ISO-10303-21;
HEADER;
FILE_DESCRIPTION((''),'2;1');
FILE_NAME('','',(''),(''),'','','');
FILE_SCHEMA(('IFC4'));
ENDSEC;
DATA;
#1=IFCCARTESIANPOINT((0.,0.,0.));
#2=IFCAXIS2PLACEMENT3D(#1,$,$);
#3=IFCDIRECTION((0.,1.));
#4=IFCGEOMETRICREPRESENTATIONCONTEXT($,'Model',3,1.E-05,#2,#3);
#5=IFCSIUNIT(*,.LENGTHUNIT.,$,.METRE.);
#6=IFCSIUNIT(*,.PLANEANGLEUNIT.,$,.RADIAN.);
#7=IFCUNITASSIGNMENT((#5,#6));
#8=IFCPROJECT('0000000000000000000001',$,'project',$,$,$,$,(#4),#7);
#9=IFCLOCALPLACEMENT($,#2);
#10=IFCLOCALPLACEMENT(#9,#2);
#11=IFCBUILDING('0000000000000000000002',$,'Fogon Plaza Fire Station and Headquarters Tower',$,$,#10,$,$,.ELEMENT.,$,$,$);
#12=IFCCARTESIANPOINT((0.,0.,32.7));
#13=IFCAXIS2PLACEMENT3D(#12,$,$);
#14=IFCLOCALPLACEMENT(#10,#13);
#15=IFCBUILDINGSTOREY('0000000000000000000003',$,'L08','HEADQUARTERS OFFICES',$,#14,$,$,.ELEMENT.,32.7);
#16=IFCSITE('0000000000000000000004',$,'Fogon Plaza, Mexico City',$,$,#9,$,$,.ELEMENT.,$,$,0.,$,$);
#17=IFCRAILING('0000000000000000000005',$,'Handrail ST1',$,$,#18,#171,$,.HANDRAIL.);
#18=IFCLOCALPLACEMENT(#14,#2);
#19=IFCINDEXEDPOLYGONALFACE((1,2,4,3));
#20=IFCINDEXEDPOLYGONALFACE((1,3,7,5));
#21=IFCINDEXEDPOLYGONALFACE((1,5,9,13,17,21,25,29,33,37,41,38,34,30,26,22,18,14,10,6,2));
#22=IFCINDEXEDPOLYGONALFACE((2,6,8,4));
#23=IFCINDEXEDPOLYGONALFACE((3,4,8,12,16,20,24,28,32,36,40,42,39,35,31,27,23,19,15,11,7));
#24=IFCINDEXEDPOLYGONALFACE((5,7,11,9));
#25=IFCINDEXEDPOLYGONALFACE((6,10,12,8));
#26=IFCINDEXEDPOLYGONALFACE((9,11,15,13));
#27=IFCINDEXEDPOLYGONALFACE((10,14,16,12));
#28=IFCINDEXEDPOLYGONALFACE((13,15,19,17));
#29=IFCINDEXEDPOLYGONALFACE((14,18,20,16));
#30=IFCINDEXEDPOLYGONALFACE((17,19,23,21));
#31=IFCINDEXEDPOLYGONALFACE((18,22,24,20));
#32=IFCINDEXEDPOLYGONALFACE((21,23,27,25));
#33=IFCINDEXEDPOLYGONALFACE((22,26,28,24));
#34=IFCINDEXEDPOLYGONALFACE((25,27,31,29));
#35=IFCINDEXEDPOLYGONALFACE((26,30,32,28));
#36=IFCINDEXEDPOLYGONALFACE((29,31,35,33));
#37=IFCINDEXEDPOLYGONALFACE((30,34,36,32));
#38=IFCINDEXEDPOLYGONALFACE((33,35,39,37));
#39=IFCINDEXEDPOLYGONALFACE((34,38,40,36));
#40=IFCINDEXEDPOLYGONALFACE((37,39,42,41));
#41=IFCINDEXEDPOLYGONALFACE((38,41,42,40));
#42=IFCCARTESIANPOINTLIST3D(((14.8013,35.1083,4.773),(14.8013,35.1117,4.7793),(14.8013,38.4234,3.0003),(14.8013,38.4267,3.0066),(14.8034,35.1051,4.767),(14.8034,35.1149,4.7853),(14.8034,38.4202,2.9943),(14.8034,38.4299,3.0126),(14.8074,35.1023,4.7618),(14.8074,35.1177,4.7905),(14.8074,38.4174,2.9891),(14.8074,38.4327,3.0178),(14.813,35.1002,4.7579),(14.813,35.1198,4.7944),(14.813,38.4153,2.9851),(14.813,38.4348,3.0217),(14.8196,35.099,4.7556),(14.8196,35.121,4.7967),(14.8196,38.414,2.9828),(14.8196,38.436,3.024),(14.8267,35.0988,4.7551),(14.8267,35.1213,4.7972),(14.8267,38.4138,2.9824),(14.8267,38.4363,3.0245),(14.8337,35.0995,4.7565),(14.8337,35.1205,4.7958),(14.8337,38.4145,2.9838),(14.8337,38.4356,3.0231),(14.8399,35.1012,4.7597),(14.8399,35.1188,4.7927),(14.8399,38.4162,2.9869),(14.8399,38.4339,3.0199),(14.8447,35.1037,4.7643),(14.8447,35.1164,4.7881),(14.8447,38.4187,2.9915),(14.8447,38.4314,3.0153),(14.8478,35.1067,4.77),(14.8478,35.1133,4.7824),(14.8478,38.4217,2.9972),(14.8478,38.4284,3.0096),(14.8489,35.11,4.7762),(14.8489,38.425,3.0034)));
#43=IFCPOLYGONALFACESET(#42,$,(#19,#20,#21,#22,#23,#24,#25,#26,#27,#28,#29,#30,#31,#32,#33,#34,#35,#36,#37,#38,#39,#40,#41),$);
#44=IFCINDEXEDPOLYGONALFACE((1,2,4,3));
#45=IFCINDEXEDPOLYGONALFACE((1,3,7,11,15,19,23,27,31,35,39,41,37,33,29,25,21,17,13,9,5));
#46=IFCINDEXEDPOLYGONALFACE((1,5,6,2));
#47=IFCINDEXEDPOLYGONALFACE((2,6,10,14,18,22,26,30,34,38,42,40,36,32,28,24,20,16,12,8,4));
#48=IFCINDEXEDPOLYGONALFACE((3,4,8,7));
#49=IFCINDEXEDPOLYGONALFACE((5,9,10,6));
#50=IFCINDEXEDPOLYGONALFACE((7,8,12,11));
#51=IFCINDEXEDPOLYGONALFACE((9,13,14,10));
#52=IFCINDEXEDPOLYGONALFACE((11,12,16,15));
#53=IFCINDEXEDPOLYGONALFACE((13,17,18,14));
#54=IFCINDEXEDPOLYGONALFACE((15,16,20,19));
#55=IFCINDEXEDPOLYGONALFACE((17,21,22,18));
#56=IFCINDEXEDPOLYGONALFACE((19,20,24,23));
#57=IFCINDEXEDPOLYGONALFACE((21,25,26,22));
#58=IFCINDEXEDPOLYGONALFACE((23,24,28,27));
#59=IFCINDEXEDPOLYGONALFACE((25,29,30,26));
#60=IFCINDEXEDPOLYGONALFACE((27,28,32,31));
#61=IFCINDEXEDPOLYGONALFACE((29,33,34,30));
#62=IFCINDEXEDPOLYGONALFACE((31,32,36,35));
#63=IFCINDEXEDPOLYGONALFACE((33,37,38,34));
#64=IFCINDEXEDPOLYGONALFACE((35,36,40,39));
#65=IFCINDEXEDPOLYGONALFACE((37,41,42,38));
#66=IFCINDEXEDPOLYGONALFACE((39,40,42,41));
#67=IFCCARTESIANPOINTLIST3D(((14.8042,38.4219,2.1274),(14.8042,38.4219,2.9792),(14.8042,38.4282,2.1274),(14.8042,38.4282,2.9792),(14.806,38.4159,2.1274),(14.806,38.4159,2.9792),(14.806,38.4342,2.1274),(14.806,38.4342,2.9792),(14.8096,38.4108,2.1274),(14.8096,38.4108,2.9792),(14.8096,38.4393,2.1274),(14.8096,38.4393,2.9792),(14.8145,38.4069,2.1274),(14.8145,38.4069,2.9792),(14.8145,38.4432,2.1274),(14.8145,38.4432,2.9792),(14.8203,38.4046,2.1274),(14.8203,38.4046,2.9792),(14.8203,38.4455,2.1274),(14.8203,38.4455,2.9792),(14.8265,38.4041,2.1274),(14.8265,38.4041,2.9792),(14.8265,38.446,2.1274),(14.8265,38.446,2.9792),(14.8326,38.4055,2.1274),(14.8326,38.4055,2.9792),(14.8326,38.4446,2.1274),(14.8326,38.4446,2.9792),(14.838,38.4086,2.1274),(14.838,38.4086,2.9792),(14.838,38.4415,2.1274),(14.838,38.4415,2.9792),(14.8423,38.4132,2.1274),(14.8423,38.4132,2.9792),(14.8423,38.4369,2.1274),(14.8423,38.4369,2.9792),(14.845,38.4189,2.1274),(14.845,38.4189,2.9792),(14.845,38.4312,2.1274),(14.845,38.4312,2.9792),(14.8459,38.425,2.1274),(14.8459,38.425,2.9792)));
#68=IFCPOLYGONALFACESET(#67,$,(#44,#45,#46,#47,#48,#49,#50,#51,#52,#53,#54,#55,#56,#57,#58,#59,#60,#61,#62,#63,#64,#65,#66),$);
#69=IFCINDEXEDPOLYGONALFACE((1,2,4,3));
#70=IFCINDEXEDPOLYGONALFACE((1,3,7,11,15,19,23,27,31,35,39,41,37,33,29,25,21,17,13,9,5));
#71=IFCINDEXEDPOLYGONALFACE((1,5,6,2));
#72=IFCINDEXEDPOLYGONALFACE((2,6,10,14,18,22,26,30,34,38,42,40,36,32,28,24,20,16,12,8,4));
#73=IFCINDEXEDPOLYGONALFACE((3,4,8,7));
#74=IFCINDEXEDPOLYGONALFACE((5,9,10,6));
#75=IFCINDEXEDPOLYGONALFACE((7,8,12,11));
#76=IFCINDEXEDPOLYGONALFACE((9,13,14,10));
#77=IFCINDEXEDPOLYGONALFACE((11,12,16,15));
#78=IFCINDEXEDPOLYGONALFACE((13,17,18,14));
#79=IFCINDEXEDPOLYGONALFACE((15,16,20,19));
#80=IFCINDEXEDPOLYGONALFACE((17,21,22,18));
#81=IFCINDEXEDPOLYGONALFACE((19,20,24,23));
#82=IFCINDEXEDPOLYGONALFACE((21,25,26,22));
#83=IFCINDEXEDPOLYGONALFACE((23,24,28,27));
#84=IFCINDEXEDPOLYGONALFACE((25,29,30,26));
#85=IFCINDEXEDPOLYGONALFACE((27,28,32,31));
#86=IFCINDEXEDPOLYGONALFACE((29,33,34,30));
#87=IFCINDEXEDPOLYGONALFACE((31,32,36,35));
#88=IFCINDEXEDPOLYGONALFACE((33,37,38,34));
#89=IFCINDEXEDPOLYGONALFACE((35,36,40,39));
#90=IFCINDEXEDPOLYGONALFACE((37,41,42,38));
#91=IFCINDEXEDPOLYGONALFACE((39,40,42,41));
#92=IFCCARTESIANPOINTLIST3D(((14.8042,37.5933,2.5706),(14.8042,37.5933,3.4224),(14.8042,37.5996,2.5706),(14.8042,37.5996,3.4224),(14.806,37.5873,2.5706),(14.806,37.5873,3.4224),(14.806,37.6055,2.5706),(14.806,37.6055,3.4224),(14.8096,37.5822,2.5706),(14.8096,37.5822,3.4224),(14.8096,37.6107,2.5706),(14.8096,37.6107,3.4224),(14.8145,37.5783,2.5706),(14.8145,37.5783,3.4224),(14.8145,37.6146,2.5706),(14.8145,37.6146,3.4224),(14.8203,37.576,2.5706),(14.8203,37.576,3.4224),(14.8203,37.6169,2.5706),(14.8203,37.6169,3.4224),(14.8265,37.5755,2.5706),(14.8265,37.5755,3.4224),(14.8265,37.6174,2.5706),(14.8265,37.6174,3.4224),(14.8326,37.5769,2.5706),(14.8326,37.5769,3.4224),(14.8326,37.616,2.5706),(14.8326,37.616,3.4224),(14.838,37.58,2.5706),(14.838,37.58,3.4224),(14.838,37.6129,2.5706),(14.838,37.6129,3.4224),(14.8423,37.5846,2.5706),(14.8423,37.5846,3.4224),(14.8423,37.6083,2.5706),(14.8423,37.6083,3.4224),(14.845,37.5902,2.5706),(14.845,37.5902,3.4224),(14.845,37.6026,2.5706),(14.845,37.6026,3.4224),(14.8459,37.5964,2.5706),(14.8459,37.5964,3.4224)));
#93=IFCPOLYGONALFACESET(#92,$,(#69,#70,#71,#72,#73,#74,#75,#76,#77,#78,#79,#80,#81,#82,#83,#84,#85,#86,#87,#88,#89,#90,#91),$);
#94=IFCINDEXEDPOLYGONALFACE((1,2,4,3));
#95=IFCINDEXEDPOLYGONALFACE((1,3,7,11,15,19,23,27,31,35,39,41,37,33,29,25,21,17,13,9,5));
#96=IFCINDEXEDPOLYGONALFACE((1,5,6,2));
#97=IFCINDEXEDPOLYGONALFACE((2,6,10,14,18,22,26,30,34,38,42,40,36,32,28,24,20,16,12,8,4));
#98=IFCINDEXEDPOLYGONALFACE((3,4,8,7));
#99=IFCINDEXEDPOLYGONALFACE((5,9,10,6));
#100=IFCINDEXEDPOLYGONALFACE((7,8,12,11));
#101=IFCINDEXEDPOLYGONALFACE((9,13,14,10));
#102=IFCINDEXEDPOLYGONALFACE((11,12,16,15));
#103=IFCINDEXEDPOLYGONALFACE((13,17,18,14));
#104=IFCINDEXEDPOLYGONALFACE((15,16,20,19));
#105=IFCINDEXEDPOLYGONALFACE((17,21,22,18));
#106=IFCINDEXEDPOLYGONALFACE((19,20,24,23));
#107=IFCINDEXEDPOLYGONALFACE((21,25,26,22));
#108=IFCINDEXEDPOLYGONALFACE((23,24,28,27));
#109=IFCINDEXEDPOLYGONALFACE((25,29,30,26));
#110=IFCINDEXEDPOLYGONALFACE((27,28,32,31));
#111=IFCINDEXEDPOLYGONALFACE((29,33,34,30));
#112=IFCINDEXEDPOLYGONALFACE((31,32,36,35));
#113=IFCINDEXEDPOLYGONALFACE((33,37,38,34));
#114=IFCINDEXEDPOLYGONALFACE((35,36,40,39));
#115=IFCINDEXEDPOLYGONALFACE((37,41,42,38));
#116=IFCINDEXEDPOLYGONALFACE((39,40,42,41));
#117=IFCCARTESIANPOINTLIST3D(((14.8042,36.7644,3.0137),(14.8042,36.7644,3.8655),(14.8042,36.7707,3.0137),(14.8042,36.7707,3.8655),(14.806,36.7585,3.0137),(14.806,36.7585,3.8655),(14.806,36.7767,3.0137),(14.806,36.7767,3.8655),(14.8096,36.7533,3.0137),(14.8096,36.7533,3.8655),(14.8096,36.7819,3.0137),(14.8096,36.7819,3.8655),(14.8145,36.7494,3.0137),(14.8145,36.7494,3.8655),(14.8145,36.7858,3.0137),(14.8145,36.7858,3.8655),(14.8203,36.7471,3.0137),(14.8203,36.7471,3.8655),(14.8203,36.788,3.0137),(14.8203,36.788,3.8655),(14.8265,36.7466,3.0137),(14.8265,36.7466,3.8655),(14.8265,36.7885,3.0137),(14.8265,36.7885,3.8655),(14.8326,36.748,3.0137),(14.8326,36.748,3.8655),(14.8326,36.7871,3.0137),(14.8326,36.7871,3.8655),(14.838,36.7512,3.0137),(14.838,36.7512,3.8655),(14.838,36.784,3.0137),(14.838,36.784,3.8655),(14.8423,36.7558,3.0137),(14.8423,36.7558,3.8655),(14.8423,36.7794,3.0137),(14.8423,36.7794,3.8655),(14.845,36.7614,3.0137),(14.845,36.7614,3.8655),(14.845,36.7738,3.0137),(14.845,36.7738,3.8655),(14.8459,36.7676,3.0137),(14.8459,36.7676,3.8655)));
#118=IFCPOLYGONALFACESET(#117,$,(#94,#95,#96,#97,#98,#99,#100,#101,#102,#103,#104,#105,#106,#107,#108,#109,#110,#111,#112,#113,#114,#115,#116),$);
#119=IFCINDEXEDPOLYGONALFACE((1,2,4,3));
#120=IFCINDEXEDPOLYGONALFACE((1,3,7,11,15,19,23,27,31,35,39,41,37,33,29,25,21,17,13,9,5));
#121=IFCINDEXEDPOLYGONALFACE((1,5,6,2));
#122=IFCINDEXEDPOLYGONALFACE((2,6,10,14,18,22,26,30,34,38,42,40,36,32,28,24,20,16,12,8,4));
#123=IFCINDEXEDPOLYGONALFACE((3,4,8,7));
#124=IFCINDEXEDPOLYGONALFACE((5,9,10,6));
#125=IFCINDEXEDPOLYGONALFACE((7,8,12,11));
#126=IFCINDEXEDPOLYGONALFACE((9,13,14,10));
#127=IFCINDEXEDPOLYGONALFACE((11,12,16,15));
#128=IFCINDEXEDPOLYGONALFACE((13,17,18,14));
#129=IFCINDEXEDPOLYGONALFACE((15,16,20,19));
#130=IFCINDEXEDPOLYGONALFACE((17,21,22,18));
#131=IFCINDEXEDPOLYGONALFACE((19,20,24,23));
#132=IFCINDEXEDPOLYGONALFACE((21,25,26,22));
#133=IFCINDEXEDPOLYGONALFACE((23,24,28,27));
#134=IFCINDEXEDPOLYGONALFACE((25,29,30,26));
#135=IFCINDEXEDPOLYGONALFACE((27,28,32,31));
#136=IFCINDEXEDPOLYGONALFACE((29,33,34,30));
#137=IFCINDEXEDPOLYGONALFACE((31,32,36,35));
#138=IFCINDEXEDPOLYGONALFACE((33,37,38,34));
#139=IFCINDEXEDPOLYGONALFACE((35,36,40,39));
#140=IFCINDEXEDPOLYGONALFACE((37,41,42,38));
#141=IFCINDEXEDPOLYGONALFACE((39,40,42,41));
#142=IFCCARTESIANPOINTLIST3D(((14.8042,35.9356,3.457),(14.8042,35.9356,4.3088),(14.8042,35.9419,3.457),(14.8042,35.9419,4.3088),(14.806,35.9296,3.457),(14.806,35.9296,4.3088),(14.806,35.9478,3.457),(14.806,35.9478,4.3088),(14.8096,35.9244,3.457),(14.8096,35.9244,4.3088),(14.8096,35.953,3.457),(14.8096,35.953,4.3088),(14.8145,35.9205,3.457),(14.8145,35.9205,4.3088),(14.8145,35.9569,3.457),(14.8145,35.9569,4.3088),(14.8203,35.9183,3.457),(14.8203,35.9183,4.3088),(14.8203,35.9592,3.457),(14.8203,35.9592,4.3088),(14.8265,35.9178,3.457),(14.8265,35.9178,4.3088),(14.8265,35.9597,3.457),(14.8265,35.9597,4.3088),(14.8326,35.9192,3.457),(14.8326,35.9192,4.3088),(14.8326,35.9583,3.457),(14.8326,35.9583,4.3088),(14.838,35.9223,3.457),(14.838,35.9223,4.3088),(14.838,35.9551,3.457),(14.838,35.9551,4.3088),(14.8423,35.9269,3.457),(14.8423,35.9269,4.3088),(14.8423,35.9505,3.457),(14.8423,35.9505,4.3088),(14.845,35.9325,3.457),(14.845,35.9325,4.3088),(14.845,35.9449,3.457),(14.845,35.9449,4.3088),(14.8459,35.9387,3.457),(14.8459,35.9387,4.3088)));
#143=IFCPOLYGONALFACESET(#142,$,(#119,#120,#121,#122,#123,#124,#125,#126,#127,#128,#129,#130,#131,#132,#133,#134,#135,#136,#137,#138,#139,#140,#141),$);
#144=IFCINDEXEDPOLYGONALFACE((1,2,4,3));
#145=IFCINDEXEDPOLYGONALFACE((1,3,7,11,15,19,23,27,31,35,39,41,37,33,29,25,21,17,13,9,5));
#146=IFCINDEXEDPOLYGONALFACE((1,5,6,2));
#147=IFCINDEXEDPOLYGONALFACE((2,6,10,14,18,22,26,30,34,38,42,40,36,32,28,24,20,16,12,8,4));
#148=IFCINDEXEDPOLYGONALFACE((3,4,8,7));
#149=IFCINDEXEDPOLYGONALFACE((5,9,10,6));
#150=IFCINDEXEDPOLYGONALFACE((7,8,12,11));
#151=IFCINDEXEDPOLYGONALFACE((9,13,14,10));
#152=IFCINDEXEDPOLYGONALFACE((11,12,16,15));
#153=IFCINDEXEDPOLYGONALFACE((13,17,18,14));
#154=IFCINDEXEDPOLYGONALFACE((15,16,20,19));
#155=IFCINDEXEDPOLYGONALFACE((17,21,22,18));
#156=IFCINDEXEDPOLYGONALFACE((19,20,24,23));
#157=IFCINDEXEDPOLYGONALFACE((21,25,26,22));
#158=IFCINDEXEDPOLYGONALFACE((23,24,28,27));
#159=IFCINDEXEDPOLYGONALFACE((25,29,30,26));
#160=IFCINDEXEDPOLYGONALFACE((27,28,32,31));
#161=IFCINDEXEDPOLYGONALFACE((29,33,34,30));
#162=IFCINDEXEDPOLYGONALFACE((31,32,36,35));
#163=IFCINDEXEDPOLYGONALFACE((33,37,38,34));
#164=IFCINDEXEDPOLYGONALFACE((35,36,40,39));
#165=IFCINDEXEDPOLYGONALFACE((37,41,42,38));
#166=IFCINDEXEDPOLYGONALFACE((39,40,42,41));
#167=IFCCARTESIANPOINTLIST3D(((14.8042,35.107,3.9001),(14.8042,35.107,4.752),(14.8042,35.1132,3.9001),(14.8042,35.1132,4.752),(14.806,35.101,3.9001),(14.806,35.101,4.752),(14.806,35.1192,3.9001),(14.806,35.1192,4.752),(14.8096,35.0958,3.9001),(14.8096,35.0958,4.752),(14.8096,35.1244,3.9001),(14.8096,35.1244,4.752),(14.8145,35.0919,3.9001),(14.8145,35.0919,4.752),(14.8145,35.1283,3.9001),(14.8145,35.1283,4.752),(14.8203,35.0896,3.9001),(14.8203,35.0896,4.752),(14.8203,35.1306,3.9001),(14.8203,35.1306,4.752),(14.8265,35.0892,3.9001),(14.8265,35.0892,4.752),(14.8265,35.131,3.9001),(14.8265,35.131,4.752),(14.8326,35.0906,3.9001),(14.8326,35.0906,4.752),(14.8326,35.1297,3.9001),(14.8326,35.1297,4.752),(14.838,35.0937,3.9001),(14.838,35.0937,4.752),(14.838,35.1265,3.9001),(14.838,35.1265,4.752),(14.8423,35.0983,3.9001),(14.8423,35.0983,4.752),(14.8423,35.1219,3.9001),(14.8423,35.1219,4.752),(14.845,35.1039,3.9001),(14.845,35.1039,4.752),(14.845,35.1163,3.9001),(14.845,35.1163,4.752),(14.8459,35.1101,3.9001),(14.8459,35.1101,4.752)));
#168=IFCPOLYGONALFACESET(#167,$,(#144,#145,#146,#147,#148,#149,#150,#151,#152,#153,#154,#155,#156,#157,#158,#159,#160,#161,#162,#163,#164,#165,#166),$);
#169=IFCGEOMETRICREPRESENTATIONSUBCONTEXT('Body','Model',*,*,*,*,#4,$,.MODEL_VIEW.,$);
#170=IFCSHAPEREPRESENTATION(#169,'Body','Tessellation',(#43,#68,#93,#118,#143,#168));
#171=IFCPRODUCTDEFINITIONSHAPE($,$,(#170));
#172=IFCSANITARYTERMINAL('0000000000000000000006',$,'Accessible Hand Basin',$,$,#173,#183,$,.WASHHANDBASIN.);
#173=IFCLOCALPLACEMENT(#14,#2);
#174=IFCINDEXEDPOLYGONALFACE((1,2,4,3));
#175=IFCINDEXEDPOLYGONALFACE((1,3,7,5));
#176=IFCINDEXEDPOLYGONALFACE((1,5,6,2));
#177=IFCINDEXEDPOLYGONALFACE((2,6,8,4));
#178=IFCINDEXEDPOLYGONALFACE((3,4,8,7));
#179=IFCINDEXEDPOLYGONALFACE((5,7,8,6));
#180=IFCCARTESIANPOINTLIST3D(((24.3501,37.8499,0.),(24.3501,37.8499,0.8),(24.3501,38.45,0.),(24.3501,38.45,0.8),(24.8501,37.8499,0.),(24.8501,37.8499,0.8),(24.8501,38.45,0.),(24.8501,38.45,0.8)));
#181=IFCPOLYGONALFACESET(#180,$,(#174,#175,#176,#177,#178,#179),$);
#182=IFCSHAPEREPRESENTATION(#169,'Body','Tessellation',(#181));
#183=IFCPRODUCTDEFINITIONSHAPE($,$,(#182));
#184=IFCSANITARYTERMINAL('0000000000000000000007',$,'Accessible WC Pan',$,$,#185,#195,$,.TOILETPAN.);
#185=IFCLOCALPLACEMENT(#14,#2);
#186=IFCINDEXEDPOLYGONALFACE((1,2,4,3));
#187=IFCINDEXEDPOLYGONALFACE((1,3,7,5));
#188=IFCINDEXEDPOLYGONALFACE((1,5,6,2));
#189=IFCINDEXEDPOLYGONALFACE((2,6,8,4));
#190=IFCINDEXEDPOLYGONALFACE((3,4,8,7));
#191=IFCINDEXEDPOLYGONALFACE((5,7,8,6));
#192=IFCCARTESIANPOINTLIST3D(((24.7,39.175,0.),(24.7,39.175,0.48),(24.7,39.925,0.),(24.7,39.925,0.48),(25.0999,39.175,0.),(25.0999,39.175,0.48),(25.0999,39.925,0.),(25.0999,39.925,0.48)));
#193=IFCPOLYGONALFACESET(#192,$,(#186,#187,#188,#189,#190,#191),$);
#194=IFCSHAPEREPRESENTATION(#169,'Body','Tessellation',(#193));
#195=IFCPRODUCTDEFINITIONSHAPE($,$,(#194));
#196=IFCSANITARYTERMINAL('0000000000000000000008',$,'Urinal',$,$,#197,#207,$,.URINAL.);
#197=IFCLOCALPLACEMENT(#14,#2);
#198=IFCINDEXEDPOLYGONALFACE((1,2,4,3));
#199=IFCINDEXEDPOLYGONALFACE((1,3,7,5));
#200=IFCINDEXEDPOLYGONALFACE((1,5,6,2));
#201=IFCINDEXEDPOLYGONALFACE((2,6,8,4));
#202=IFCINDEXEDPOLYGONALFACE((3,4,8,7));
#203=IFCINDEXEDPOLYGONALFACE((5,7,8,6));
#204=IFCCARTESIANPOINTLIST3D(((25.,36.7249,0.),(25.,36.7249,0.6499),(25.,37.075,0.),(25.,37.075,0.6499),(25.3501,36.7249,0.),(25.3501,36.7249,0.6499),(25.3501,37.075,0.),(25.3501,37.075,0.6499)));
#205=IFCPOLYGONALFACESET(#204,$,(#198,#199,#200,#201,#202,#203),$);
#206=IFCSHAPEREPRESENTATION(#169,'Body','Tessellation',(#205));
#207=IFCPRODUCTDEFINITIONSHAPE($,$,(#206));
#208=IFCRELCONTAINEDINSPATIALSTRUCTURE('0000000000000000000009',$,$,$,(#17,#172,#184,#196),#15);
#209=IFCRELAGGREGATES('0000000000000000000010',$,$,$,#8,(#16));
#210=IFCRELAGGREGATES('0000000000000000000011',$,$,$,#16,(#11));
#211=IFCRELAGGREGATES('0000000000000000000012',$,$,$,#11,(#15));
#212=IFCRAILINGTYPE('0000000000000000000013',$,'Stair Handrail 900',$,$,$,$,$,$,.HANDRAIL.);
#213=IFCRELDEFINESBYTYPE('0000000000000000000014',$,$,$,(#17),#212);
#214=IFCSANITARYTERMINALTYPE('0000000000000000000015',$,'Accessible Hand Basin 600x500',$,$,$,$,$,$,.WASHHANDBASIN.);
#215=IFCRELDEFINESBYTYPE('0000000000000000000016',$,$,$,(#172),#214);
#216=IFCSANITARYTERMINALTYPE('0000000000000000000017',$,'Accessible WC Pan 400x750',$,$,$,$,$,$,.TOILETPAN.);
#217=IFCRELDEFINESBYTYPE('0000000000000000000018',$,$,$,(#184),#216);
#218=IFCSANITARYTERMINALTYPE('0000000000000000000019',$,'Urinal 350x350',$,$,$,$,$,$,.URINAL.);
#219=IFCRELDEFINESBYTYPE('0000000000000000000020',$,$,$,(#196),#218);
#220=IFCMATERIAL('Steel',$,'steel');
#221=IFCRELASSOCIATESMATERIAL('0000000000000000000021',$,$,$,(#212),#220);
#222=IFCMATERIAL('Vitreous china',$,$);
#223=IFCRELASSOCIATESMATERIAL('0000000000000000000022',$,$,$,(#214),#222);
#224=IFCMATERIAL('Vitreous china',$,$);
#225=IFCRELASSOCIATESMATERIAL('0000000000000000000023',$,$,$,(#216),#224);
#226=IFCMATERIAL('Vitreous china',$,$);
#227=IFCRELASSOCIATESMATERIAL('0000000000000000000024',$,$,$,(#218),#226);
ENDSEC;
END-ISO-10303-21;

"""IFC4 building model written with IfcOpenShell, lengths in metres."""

from ifc_helpers import new_model, si_unit, direction, frame, origin, origin_2d, place, context, subcontext, project, spatial, rectangle, circle, extrude, material, type_object, element, save


model = new_model("IFC4")

# Units and contexts
model_context = context("Model", 3, precision=1e-05, world=origin(), true_north=direction((0.0, 1.0)))
body_context = subcontext(model_context, "Body", "Model", "MODEL_VIEW")
ifc_project = project(units=[si_unit("LENGTHUNIT", "METRE"), si_unit("PLANEANGLEUNIT", "RADIAN")], contexts=[model_context])

# Site, building, storey
site_placement = place(None, origin())
site = spatial("IfcSite", under=ifc_project, at=site_placement, Name="Fogon Plaza, Mexico City", CompositionType="ELEMENT", RefElevation=0.0)
building_placement = place(site_placement, origin())
building = spatial("IfcBuilding", under=site, at=building_placement, Name="Fogon Plaza Fire Station and Headquarters Tower", CompositionType="ELEMENT")
storey_placement = place(building_placement, frame((0.0, 0.0, 32.7)))
storey = spatial("IfcBuildingStorey", under=building, at=storey_placement, Name="L08", Description="HEADQUARTERS OFFICES", CompositionType="ELEMENT", Elevation=32.7)

# Railing
ifc_material_1 = material(Name="Steel", Category="steel")
railing_type = type_object("IfcRailingType", Name="Stair Handrail 900", PredefinedType="HANDRAIL", material=ifc_material_1)
for number, where, name in (
    (1, (14.825, 38.425, 2.1274), "Handrail ST1"),
):
    element("IfcRailing", number, at=place(storey_placement, frame(where)), inside=storey, type_object=railing_type, Name=name, PredefinedType="HANDRAIL", context=body_context, shape_type="SweptSolid", body=[
        extrude(circle(Radius=0.0239, at=origin_2d()), frame((0.0, 0.0, 0.876), z_axis=(0.0, -0.881829, 0.471569), x_axis=(1.0, 0.0, 0.0)), (0.0, 0.0, 1.0), 3.7593),
        extrude(circle(Radius=0.021, at=origin_2d()), origin(), (0.0, 0.0, 1.0), 0.8518),
        extrude(circle(Radius=0.021, at=origin_2d()), frame((0.0, -0.8286, 0.4431)), (0.0, 0.0, 1.0), 0.8518),
        extrude(circle(Radius=0.021, at=origin_2d()), frame((0.0, -1.6575, 0.8862)), (0.0, 0.0, 1.0), 0.8518),
        extrude(circle(Radius=0.021, at=origin_2d()), frame((0.0, -2.4863, 1.3296)), (0.0, 0.0, 1.0), 0.8518),
        extrude(circle(Radius=0.021, at=origin_2d()), frame((0.0, -3.3149, 1.7727)), (0.0, 0.0, 1.0), 0.8518),
    ])

# Sanitary terminals
ifc_material_2 = material(Name="Vitreous china")
sanitary_terminal_type_1 = type_object("IfcSanitaryTerminalType", Name="Accessible Hand Basin 600x500", PredefinedType="WASHHANDBASIN", material=ifc_material_2)
sanitary_terminal_1_placement = place(storey_placement, frame((24.6001, 38.1499, 0.0), z_axis=(0.0, 0.0, 1.0), x_axis=(1.0, 0.0, 0.0)))
element("IfcSanitaryTerminal", 2, at=sanitary_terminal_1_placement, inside=storey, type_object=sanitary_terminal_type_1, Name="Accessible Hand Basin", PredefinedType="WASHHANDBASIN", context=body_context, shape_type="SweptSolid", body=[
    extrude(rectangle(XDim=0.5, YDim=0.6001, at=origin_2d()), origin(), (0.0, 0.0, 1.0), 0.8),
])
ifc_material_3 = material(Name="Vitreous china")
sanitary_terminal_type_2 = type_object("IfcSanitaryTerminalType", Name="Accessible WC Pan 400x750", PredefinedType="TOILETPAN", material=ifc_material_3)
sanitary_terminal_2_placement = place(storey_placement, frame((24.8999, 39.55, 0.0), z_axis=(0.0, 0.0, 1.0), x_axis=(1.0, 0.0, 0.0)))
element("IfcSanitaryTerminal", 3, at=sanitary_terminal_2_placement, inside=storey, type_object=sanitary_terminal_type_2, Name="Accessible WC Pan", PredefinedType="TOILETPAN", context=body_context, shape_type="SweptSolid", body=[
    extrude(rectangle(XDim=0.3999, YDim=0.75, at=origin_2d()), origin(), (0.0, 0.0, 1.0), 0.48),
])
ifc_material_4 = material(Name="Vitreous china")
sanitary_terminal_type_3 = type_object("IfcSanitaryTerminalType", Name="Urinal 350x350", PredefinedType="URINAL", material=ifc_material_4)
sanitary_terminal_3_placement = place(storey_placement, frame((25.175, 36.8999, 0.0), z_axis=(0.0, 0.0, 1.0), x_axis=(1.0, 0.0, 0.0)))
element("IfcSanitaryTerminal", 4, at=sanitary_terminal_3_placement, inside=storey, type_object=sanitary_terminal_type_3, Name="Urinal", PredefinedType="URINAL", context=body_context, shape_type="SweptSolid", body=[
    extrude(rectangle(XDim=0.3501, YDim=0.3501, at=origin_2d()), origin(), (0.0, 0.0, 1.0), 0.6499),
])

save(model, "model.ifc")
